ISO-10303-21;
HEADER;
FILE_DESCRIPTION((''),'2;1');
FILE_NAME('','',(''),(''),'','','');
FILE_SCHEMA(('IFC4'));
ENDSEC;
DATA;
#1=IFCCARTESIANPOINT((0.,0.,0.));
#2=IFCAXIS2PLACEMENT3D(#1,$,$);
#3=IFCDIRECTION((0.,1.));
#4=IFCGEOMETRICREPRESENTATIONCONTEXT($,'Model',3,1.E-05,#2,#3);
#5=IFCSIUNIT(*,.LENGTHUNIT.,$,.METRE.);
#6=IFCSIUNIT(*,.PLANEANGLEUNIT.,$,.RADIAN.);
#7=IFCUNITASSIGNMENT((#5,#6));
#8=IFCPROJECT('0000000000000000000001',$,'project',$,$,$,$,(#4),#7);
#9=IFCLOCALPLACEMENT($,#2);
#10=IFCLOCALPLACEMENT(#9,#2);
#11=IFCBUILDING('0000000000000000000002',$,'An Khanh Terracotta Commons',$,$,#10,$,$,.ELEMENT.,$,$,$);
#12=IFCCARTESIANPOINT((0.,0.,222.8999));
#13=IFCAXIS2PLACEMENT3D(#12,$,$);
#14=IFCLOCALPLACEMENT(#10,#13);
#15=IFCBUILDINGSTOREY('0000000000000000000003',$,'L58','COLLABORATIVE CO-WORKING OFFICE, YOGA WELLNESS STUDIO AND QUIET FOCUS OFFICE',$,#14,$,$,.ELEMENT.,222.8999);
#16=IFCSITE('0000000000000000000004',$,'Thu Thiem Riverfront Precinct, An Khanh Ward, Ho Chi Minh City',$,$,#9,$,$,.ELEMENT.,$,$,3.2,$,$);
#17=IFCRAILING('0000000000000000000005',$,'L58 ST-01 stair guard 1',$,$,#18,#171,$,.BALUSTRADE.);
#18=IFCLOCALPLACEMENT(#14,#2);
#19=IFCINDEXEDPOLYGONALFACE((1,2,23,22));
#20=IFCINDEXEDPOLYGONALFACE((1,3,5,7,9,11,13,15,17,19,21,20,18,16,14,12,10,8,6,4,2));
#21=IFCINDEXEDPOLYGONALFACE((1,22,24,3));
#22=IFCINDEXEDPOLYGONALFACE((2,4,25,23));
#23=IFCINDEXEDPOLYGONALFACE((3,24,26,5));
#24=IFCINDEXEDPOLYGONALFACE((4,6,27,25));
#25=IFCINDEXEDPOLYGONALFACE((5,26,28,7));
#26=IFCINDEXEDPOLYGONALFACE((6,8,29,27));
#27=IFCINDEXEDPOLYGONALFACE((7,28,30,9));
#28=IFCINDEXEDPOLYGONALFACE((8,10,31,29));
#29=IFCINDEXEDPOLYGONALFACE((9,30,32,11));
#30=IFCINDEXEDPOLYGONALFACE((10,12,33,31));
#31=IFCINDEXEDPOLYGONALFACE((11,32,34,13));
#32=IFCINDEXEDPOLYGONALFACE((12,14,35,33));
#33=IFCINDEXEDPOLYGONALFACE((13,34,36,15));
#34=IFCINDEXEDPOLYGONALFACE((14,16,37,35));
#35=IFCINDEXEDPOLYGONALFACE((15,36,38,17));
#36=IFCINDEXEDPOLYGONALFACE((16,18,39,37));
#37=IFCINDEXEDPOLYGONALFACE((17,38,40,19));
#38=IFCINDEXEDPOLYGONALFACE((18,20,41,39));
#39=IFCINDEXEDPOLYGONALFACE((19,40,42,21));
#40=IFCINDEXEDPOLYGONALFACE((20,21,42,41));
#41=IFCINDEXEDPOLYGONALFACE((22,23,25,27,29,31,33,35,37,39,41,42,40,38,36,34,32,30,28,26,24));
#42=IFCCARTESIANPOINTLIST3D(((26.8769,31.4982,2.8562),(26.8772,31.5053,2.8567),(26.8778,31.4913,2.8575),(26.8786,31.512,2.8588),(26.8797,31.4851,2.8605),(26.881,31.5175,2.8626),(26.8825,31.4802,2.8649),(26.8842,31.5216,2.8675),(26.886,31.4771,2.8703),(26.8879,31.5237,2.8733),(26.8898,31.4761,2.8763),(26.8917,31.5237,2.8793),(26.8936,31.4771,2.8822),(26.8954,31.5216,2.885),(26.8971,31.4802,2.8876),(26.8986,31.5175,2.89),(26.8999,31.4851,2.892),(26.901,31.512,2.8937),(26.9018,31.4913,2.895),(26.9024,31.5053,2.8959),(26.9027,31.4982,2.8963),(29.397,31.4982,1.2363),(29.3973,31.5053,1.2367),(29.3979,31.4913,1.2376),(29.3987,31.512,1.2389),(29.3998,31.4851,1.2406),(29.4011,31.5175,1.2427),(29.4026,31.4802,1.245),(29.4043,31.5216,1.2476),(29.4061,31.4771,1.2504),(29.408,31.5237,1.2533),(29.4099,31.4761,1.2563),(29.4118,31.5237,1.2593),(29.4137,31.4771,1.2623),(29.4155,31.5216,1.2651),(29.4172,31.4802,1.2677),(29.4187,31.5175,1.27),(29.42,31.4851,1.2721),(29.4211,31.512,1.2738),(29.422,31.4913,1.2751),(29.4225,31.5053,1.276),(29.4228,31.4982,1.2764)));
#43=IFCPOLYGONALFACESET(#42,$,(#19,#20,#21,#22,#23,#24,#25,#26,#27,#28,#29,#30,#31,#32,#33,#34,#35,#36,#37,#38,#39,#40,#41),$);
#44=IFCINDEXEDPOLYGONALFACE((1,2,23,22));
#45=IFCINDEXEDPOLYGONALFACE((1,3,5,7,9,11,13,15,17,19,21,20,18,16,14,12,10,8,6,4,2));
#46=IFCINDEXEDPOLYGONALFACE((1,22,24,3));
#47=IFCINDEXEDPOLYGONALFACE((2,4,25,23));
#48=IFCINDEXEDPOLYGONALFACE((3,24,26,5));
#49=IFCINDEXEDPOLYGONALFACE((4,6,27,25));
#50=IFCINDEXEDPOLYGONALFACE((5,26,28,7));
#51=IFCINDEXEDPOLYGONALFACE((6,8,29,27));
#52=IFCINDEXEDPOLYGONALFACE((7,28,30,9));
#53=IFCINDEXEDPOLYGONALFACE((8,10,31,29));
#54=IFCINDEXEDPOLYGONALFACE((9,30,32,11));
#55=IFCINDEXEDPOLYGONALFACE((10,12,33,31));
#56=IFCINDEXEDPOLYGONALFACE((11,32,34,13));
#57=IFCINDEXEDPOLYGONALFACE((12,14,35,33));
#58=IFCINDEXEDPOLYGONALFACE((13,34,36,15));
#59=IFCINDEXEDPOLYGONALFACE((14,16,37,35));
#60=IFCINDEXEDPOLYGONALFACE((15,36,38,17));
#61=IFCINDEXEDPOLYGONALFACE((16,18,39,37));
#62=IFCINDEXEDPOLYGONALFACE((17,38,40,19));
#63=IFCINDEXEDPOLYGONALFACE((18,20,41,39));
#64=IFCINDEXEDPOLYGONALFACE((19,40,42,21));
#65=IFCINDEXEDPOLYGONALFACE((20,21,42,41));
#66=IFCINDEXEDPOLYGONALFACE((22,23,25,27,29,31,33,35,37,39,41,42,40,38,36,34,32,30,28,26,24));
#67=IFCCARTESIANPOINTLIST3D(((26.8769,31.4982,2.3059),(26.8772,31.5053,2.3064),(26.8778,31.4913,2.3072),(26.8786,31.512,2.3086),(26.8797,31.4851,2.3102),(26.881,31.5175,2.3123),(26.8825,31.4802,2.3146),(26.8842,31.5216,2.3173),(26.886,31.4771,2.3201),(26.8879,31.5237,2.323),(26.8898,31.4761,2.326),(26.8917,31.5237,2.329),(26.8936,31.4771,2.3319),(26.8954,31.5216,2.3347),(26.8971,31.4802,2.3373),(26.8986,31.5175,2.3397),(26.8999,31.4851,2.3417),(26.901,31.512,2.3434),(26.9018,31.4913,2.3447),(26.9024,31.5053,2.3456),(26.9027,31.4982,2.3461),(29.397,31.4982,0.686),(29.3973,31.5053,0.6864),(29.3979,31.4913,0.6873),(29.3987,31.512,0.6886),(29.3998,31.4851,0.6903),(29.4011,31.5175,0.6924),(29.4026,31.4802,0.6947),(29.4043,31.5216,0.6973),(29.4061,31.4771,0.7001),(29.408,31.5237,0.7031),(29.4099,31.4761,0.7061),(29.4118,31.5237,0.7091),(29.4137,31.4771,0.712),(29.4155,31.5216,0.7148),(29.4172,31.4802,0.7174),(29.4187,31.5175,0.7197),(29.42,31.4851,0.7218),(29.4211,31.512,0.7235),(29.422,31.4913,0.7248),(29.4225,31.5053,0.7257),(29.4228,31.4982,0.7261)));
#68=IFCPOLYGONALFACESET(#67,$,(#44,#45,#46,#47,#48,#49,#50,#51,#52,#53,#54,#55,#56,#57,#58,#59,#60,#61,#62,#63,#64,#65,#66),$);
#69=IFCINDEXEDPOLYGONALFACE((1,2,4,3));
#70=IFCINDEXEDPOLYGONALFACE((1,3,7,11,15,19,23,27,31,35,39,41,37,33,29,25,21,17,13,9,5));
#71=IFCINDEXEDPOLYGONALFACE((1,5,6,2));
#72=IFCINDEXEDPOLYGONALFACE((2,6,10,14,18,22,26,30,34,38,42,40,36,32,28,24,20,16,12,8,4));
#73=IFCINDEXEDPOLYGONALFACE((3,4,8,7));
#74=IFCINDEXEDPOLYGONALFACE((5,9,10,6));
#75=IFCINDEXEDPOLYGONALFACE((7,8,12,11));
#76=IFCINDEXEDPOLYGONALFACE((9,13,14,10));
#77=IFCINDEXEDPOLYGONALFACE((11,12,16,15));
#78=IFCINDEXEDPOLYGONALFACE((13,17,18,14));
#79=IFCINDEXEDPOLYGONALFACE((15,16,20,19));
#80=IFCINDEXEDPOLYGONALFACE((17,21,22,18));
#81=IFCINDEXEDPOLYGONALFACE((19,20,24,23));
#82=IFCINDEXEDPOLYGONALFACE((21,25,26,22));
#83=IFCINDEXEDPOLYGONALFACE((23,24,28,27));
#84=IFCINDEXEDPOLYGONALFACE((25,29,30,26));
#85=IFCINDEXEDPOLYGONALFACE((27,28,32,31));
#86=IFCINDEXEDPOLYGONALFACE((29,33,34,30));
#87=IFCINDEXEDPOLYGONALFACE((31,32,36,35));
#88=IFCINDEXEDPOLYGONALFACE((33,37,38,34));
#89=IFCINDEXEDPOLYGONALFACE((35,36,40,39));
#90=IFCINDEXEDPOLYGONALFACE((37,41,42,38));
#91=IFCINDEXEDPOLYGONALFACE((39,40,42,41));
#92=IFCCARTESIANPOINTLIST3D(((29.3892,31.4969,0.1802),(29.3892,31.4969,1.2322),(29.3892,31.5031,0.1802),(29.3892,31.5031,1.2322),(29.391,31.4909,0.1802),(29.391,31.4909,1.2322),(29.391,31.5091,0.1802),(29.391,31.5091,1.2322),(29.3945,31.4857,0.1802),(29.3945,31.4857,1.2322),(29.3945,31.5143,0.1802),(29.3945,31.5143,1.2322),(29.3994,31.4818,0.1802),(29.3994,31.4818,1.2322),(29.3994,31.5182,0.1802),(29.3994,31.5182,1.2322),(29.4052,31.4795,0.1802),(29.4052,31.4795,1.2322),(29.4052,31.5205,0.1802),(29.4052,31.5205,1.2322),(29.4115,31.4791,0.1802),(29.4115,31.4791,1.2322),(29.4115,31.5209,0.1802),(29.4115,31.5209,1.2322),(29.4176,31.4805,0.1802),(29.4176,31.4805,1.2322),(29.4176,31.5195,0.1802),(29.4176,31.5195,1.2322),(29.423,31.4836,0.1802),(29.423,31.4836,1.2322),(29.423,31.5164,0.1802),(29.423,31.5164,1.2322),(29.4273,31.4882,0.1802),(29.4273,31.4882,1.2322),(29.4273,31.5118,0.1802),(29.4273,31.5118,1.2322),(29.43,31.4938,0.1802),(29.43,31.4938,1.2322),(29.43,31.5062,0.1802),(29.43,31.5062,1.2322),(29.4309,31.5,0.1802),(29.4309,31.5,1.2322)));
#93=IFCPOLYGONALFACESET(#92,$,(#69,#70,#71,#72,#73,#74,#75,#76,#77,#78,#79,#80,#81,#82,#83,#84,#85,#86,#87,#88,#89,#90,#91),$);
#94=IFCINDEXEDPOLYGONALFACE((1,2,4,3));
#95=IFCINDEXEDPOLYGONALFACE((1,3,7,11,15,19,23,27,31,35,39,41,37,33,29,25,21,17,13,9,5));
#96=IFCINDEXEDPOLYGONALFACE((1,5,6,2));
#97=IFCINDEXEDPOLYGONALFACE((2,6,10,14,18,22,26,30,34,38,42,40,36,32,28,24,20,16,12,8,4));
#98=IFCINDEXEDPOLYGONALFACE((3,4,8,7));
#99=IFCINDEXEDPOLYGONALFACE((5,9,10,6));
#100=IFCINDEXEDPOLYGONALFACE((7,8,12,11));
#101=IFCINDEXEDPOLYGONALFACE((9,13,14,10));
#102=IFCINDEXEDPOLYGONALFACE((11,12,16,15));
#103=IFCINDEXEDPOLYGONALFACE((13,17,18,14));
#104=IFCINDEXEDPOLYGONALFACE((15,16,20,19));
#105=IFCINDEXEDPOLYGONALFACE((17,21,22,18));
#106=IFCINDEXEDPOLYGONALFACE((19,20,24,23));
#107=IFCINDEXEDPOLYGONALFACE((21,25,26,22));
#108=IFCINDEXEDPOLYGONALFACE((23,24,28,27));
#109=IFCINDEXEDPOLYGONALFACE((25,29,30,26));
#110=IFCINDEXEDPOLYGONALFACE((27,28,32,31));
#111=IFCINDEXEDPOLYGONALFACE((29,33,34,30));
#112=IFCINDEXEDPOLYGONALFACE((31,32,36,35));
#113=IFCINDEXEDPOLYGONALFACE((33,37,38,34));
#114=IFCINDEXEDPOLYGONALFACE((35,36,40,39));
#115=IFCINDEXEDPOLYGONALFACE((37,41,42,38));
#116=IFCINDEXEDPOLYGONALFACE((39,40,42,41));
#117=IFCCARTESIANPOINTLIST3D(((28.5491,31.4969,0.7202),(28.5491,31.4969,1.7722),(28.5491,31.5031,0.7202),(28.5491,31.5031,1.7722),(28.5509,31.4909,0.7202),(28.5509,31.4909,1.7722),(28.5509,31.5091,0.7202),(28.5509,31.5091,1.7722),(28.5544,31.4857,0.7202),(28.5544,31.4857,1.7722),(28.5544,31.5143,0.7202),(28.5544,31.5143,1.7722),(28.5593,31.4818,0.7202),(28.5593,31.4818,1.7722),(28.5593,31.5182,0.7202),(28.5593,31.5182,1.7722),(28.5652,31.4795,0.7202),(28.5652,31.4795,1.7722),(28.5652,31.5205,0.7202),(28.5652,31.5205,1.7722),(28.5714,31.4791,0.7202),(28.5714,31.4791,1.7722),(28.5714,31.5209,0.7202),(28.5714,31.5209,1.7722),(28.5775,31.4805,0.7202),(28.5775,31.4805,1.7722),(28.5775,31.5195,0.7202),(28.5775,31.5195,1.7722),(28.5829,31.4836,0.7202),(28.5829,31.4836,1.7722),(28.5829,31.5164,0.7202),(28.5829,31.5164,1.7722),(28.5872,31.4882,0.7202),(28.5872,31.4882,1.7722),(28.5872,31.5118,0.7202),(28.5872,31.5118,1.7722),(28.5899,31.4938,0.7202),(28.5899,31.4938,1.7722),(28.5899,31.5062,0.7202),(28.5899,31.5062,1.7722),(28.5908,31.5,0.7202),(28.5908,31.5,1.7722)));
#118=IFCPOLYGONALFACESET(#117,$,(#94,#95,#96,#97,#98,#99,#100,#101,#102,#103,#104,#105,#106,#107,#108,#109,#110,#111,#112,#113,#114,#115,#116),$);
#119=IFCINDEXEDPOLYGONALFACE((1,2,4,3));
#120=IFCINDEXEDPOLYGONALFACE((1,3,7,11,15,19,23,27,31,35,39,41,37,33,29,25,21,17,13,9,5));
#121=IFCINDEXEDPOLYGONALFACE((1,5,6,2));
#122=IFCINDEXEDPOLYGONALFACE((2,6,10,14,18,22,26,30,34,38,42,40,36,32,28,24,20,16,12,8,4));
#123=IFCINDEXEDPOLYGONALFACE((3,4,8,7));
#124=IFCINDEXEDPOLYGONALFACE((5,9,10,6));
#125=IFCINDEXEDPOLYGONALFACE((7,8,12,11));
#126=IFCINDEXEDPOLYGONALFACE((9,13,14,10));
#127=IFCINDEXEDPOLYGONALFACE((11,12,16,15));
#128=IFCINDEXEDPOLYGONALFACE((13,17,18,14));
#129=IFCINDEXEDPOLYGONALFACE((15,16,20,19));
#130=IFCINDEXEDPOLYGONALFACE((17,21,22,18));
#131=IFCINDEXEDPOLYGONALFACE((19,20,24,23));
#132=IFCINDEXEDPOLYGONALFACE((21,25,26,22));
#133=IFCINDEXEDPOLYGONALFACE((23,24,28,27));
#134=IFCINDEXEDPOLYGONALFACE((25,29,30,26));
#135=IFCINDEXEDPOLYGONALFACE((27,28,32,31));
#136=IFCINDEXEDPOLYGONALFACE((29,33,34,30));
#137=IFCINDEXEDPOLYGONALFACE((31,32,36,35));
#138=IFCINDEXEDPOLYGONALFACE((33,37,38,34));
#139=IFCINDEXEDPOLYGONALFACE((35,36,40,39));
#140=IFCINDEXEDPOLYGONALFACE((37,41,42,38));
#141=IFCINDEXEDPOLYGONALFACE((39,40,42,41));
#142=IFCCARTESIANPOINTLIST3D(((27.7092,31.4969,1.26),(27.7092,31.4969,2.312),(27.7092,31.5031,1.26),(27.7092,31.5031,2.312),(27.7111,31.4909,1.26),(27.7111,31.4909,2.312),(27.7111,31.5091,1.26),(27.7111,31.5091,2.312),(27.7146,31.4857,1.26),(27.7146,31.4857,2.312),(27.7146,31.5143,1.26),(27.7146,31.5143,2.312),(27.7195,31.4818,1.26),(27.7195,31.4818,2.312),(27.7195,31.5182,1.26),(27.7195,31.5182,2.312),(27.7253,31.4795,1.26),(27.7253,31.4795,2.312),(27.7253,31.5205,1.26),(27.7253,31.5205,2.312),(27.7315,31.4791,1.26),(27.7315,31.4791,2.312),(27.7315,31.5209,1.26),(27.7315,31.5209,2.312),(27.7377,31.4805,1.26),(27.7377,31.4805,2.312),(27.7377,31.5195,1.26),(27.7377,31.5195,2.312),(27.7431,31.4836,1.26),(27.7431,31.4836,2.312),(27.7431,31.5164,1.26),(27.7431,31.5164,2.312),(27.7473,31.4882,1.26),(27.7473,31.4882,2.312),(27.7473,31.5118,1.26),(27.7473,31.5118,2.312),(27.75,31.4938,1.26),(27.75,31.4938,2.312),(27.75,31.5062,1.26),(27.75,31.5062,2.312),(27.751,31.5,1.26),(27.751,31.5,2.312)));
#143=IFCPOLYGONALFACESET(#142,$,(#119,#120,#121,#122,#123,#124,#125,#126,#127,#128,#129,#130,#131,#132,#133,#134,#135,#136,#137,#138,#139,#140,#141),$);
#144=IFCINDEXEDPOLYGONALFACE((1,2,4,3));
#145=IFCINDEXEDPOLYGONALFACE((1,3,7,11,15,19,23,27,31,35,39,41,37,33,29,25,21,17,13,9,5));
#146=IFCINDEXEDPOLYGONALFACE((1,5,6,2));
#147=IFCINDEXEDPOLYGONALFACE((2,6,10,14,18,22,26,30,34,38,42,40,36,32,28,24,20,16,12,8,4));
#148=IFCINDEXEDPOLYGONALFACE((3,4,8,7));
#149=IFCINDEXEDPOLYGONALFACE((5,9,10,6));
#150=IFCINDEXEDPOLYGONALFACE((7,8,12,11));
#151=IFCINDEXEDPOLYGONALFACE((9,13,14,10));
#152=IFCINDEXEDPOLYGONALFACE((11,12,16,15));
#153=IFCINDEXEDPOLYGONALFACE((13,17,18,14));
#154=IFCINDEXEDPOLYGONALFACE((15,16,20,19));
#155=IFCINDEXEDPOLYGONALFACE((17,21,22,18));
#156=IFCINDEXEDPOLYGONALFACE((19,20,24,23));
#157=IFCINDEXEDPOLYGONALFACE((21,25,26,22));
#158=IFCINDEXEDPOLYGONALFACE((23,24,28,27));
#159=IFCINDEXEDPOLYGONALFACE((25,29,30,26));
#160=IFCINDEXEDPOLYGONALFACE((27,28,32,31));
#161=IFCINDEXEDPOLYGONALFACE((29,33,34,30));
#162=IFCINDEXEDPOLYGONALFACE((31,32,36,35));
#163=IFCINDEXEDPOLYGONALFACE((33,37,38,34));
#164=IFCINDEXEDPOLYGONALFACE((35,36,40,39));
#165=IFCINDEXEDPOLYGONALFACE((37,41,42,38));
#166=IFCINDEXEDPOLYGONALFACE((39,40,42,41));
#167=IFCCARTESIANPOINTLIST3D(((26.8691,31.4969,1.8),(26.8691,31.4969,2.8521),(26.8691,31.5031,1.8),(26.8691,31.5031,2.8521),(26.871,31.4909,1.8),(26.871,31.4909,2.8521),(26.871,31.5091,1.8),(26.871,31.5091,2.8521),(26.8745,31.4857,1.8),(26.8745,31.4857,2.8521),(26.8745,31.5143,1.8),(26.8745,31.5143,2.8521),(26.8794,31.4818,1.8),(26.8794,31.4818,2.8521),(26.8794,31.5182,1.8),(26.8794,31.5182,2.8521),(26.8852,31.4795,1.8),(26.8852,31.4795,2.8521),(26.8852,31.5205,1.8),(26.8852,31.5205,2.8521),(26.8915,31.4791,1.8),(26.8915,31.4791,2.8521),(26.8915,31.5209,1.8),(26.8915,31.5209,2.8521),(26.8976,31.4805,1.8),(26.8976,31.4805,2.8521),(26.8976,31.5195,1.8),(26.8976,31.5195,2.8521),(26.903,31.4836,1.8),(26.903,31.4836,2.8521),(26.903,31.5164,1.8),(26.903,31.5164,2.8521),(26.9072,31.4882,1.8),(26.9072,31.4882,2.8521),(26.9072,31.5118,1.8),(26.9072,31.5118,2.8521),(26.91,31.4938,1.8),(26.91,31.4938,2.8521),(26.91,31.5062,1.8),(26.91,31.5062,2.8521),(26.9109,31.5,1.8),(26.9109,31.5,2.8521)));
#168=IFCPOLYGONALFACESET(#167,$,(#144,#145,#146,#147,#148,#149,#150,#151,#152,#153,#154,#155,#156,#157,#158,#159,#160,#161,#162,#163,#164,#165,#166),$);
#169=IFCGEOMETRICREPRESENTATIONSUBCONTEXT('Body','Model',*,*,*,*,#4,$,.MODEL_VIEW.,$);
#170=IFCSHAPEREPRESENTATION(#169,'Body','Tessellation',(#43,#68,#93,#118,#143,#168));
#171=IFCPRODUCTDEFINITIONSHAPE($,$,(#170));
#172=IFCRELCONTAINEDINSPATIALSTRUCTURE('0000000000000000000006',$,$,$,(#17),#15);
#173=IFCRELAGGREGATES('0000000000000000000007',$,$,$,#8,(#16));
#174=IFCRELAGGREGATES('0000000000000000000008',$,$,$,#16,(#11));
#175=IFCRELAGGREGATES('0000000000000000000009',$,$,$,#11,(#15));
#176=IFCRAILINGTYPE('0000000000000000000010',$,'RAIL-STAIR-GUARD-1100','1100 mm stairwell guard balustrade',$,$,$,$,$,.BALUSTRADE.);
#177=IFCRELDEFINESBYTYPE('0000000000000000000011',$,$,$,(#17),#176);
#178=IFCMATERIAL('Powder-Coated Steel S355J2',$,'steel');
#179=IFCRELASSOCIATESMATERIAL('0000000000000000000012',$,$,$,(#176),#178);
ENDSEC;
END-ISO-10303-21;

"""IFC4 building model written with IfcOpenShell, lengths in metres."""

from ifc_helpers import new_model, si_unit, direction, frame, origin, origin_2d, place, context, subcontext, project, spatial, circle, extrude, material, type_object, element, save


model = new_model("IFC4")

# Units and contexts
model_context = context("Model", 3, precision=1e-05, world=origin(), true_north=direction((0.0, 1.0)))
body_context = subcontext(model_context, "Body", "Model", "MODEL_VIEW")
ifc_project = project(units=[si_unit("LENGTHUNIT", "METRE"), si_unit("PLANEANGLEUNIT", "RADIAN")], contexts=[model_context])

# Site, building, storey
site_placement = place(None, origin())
site = spatial("IfcSite", under=ifc_project, at=site_placement, Name="Thu Thiem Riverfront Precinct, An Khanh Ward, Ho Chi Minh City", CompositionType="ELEMENT", RefElevation=3.2)
building_placement = place(site_placement, origin())
building = spatial("IfcBuilding", under=site, at=building_placement, Name="An Khanh Terracotta Commons", CompositionType="ELEMENT")
storey_placement = place(building_placement, frame((0.0, 0.0, 222.8999)))
storey = spatial("IfcBuildingStorey", under=building, at=storey_placement, Name="L58", Description="COLLABORATIVE CO-WORKING OFFICE, YOGA WELLNESS STUDIO AND QUIET FOCUS OFFICE", CompositionType="ELEMENT", Elevation=222.8999)

# Railing
ifc_material_1 = material(Name="Powder-Coated Steel S355J2", Category="steel")
railing_type_1 = type_object("IfcRailingType", Name="RAIL-STAIR-GUARD-1100", Description="1100 mm stairwell guard balustrade", PredefinedType="BALUSTRADE", material=ifc_material_1)
railing_1_placement = place(storey_placement, frame((29.4099, 31.5, 0.1802)))
element("IfcRailing", 1, at=railing_1_placement, inside=storey, type_object=railing_type_1, Name="L58 ST-01 stair guard 1", PredefinedType="BALUSTRADE", context=body_context, shape_type="SweptSolid", body=[
    extrude(circle(Radius=0.0239, at=origin_2d()), frame((0.0, 0.0, 1.0762), z_axis=(-0.8412, 0.0, 0.540725), x_axis=(0.0, -1.0, 0.0)), (0.0, 0.0, 1.0), 2.9958),
    extrude(circle(Radius=0.0239, at=origin_2d()), frame((0.0, 0.0, 0.5259), z_axis=(-0.8412, 0.0, 0.540725), x_axis=(0.0, -1.0, 0.0)), (0.0, 0.0, 1.0), 2.9958),
    extrude(circle(Radius=0.021, at=origin_2d()), origin(), (0.0, 0.0, 1.0), 1.052),
    extrude(circle(Radius=0.021, at=origin_2d()), frame((-0.8401, 0.0, 0.54)), (0.0, 0.0, 1.0), 1.052),
    extrude(circle(Radius=0.021, at=origin_2d()), frame((-1.6799, 0.0, 1.0798)), (0.0, 0.0, 1.0), 1.052),
    extrude(circle(Radius=0.021, at=origin_2d()), frame((-2.52, 0.0, 1.6199)), (0.0, 0.0, 1.0), 1.052),
])

save(model, "model.ifc")
